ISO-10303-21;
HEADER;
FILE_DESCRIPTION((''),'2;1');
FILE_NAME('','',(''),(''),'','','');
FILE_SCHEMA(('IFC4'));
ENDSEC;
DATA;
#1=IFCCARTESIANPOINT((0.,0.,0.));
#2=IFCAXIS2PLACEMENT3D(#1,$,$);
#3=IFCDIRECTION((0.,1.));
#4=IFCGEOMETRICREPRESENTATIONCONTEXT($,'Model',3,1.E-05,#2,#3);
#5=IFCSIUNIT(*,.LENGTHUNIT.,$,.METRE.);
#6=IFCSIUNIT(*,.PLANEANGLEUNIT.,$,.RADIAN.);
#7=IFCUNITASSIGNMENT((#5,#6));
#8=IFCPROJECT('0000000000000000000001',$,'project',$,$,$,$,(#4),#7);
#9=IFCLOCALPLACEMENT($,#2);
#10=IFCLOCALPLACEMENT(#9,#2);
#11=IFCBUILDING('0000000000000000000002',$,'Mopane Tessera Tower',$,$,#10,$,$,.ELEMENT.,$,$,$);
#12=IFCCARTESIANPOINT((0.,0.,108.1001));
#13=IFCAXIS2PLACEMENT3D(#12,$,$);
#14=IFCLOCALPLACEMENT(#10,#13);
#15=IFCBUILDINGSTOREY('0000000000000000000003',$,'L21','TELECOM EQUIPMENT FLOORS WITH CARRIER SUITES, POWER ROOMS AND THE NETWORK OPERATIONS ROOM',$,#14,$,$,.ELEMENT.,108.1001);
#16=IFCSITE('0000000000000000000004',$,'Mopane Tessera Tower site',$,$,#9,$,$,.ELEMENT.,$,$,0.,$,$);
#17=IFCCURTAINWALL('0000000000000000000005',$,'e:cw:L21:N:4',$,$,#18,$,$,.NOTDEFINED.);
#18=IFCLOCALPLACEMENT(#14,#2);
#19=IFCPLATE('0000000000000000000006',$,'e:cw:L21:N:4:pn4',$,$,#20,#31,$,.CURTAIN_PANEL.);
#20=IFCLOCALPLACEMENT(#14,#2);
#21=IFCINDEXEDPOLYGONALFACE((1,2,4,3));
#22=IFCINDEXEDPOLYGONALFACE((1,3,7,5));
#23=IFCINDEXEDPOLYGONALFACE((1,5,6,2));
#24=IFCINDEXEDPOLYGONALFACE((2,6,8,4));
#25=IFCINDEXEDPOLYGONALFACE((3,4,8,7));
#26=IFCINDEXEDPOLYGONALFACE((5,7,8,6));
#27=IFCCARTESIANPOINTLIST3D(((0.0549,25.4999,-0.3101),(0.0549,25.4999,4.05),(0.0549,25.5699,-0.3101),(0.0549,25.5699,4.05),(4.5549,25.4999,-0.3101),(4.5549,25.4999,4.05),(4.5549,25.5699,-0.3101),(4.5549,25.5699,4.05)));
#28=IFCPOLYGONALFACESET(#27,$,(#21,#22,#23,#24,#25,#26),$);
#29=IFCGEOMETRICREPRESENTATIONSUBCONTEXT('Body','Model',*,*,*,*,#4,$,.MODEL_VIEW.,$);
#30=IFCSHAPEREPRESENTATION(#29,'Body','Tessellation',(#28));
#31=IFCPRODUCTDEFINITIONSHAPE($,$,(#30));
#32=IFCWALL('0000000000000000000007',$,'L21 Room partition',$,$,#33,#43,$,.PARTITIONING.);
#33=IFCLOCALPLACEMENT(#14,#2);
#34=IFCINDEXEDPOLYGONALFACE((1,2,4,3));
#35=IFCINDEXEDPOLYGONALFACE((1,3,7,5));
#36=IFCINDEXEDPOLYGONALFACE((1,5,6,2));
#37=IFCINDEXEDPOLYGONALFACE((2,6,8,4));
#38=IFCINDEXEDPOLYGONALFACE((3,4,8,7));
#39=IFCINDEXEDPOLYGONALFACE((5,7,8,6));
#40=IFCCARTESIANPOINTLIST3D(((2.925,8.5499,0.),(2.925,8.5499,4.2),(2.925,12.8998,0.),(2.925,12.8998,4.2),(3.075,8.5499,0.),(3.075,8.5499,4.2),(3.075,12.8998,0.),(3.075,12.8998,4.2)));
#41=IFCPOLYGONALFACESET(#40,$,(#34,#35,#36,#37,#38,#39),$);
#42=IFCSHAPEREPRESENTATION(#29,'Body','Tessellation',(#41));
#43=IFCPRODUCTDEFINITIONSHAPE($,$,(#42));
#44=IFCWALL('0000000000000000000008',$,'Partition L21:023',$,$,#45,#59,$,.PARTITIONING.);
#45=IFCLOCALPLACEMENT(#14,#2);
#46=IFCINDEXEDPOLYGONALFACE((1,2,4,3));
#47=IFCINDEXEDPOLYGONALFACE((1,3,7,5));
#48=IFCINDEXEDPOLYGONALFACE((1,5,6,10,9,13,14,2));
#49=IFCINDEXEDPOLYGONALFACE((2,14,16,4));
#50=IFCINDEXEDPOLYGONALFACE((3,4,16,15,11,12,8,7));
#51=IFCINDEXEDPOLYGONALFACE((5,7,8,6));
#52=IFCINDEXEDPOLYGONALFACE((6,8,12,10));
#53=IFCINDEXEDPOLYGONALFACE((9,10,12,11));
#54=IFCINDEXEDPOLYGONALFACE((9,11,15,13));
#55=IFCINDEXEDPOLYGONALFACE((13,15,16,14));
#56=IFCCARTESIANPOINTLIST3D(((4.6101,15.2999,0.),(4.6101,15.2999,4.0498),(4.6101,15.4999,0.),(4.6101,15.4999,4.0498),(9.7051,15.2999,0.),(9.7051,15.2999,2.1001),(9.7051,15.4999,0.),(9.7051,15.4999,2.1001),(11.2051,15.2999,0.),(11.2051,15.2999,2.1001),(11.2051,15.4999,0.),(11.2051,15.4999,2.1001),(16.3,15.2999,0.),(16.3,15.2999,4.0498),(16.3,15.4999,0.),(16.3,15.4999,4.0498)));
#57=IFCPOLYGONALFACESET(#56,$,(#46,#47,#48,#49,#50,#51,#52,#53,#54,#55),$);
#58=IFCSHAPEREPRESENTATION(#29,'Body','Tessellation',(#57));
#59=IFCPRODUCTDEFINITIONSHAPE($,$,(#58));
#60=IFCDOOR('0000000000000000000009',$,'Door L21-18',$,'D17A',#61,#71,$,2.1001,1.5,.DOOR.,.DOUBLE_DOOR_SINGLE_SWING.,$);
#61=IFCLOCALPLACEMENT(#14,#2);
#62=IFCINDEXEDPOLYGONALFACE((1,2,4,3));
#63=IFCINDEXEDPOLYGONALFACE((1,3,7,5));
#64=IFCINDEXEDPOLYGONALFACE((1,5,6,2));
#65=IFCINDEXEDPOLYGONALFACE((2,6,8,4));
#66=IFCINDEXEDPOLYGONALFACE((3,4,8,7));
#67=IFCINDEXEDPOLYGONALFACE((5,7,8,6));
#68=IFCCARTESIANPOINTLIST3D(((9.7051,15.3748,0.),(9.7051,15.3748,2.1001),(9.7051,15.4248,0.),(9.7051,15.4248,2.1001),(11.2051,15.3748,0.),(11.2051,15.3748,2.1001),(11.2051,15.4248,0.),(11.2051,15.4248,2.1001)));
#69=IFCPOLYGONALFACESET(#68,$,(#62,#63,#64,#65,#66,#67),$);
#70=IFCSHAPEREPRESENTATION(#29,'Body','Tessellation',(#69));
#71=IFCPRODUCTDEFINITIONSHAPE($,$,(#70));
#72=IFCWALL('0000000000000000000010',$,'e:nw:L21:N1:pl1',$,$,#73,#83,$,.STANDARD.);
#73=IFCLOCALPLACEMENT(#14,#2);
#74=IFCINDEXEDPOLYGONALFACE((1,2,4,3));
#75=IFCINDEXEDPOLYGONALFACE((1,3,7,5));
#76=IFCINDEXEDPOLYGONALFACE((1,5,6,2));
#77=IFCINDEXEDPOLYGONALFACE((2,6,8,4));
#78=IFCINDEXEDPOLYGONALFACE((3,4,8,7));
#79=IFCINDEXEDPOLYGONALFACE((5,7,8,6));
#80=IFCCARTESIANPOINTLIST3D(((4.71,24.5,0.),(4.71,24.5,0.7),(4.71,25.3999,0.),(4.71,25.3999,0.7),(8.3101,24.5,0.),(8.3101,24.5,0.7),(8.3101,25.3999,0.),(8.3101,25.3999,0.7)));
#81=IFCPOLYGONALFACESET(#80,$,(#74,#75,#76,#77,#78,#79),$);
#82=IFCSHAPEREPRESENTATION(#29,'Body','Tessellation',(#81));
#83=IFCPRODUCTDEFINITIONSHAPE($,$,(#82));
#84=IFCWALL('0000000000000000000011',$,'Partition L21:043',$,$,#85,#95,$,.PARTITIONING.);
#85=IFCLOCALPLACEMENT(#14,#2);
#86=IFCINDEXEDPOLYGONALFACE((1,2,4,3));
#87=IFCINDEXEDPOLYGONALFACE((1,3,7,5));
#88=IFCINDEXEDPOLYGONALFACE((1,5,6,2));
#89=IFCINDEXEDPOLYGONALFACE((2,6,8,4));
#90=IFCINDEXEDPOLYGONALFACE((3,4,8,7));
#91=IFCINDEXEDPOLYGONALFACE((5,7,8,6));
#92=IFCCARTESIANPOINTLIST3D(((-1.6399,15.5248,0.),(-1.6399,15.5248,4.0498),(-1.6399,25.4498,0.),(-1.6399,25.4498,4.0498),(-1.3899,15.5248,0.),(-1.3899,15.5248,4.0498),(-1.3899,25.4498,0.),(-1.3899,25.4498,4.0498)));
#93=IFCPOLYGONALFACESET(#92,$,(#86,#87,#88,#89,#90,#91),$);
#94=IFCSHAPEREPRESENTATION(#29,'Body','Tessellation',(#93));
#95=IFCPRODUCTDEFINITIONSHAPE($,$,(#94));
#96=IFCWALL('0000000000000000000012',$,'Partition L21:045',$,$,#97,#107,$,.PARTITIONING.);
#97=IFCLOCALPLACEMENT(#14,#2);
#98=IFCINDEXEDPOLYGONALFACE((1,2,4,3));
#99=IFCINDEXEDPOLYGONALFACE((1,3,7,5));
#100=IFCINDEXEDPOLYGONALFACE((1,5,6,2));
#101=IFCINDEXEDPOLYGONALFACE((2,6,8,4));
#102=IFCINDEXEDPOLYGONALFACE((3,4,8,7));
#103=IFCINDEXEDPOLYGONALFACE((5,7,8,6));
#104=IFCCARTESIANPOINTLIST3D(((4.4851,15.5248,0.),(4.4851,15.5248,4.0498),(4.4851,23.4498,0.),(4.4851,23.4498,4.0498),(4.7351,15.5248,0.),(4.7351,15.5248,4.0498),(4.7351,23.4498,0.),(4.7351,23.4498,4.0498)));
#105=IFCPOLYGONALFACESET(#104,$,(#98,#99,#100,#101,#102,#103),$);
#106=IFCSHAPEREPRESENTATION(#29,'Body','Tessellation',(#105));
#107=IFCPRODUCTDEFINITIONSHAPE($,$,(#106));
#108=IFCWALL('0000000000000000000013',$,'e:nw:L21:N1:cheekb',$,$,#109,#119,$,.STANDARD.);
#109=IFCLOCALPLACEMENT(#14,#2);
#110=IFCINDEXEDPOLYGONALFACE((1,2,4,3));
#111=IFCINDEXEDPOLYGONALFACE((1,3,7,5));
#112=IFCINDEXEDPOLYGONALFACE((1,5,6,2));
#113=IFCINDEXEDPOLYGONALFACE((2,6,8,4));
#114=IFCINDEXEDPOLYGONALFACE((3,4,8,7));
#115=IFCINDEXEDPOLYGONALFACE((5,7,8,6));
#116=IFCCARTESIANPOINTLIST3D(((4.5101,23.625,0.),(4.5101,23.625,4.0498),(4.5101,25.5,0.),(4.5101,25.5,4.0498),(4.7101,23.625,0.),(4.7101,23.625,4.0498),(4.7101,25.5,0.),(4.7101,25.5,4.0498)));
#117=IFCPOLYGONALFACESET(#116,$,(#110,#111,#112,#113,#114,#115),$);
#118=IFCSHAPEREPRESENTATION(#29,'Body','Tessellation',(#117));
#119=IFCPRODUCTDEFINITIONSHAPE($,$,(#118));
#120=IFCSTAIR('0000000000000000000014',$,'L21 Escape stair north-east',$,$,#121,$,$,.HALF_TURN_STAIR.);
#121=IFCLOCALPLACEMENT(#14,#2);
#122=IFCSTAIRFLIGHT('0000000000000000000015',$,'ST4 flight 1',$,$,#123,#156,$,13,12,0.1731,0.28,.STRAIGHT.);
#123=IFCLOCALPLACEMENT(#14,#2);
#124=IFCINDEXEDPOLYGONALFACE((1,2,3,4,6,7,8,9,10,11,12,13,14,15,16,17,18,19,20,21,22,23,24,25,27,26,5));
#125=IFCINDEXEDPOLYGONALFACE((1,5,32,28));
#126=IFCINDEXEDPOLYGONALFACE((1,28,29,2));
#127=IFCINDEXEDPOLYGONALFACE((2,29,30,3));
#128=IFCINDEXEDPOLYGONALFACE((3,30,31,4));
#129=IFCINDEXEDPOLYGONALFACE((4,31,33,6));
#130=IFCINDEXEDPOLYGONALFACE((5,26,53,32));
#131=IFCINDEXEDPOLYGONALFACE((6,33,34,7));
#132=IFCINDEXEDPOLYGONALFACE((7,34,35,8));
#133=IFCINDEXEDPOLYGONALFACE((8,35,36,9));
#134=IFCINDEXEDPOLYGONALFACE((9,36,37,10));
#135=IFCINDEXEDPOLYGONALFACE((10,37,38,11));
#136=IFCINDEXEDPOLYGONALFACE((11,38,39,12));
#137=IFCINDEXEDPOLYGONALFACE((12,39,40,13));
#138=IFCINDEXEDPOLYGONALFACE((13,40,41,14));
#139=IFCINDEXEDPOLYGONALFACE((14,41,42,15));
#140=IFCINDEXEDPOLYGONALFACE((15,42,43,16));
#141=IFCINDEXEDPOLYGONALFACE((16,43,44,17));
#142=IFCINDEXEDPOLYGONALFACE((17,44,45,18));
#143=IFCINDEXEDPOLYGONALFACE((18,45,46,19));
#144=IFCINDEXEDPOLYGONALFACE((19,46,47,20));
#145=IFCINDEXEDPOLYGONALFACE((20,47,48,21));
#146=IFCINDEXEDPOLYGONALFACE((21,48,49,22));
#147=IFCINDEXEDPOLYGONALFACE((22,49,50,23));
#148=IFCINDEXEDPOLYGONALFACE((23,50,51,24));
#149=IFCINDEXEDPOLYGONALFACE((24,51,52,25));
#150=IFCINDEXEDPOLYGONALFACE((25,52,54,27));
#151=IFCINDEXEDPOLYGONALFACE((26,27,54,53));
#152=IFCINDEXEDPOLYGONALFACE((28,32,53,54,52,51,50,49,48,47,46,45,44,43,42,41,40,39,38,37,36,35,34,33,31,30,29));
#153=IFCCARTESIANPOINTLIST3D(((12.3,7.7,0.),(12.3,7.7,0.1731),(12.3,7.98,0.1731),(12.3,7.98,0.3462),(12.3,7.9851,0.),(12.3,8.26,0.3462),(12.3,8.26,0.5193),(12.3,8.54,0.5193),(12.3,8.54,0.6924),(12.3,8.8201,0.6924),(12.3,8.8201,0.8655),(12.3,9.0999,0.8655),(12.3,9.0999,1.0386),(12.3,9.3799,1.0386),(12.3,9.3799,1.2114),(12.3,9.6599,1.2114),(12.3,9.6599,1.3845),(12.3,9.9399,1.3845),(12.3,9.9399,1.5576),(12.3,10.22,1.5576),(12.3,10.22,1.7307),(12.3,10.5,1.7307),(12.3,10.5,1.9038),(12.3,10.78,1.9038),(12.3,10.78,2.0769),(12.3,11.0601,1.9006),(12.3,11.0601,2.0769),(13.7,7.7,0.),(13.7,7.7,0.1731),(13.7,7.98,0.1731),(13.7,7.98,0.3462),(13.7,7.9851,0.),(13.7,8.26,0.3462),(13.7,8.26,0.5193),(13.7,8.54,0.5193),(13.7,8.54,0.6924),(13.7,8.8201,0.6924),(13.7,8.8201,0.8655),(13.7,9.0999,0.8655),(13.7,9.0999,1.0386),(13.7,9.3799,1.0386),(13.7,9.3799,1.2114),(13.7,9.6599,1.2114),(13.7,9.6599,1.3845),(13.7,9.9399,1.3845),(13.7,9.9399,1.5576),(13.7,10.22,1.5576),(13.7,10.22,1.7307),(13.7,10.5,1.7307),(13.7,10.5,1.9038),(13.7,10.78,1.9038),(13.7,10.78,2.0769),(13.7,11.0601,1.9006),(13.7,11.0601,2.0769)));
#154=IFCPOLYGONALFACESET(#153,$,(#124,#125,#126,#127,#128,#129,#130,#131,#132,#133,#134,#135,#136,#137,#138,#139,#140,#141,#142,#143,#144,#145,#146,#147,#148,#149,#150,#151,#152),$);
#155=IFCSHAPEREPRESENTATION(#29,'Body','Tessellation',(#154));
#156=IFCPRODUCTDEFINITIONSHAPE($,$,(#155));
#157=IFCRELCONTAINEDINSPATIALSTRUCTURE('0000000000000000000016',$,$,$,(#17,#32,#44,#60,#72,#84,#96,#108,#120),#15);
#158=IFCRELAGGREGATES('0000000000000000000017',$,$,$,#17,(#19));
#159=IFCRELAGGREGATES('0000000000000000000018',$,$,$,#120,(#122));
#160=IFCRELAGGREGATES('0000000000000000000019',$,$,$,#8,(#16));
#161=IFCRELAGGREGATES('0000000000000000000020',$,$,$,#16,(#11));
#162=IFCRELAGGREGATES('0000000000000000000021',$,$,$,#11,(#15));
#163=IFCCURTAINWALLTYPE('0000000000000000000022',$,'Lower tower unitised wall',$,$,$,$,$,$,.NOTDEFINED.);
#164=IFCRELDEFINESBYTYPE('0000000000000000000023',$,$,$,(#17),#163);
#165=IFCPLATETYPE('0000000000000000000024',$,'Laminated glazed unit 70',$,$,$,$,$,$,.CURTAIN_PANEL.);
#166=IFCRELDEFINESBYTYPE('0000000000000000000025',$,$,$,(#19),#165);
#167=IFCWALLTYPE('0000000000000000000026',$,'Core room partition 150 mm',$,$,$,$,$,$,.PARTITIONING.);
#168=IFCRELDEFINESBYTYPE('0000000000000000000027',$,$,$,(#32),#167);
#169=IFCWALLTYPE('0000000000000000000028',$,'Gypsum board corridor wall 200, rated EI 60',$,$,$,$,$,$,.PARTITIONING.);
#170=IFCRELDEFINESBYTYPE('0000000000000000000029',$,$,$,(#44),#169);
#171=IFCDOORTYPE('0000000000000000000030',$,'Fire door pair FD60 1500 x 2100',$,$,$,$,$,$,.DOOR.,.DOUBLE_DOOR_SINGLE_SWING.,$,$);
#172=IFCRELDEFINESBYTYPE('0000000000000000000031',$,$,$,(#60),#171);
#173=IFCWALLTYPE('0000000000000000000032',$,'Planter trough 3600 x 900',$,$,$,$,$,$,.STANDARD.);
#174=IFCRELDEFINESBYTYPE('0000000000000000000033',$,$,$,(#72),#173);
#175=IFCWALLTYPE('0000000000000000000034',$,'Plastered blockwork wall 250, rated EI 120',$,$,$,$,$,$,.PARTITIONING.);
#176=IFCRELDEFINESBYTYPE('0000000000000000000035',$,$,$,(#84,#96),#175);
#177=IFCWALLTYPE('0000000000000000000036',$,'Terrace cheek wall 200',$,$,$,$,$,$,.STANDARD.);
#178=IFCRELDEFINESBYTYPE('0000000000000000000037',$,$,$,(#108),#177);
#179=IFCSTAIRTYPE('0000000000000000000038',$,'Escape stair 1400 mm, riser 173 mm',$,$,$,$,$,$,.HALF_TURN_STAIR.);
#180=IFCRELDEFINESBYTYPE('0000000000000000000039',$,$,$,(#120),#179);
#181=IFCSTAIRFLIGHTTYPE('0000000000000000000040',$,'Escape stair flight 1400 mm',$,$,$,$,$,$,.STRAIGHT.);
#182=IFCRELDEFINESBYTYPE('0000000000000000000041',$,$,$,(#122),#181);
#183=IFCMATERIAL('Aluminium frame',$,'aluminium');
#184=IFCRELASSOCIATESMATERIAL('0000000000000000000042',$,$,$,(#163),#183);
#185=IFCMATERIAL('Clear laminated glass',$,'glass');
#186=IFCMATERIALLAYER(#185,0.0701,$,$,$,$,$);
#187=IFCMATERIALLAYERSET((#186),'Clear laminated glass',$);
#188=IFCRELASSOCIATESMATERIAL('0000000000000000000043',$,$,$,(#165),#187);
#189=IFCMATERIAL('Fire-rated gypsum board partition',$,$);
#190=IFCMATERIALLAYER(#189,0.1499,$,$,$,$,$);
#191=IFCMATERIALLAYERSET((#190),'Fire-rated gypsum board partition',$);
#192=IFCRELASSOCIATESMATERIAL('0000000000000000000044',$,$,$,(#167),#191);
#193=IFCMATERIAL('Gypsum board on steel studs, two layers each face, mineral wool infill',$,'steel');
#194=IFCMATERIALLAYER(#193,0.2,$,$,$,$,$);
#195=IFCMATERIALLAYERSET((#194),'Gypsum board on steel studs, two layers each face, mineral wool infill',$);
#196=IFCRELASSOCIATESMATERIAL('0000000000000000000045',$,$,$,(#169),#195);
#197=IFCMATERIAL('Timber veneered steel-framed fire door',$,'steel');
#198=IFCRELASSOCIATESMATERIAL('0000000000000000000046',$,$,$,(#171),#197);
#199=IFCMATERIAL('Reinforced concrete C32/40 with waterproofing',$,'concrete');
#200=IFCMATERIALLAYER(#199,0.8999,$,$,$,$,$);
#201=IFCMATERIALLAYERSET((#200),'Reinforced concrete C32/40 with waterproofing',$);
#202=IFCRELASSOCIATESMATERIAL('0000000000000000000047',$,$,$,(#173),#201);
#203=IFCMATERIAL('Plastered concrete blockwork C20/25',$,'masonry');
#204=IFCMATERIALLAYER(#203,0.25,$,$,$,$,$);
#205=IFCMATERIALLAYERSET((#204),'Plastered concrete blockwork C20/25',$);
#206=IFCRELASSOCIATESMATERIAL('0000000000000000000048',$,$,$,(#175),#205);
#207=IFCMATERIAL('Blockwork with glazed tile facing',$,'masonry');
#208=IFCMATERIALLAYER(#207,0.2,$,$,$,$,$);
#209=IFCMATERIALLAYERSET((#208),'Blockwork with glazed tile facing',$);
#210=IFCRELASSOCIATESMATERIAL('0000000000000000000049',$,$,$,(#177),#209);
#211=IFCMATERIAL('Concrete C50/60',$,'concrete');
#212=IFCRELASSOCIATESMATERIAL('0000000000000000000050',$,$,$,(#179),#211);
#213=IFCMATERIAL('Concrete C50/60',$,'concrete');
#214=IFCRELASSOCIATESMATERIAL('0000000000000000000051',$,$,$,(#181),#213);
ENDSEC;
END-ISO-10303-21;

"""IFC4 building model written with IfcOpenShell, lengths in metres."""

from ifc_helpers import new_model, si_unit, direction, frame, frame_2d, origin, origin_2d, place, context, subcontext, project, spatial, polyline, rectangle, outline, extrude, material, layer, layer_set, type_object, element, fill, aggregate, save


model = new_model("IFC4")

# Units and contexts
model_context = context("Model", 3, precision=1e-05, world=origin(), true_north=direction((0.0, 1.0)))
body_context = subcontext(model_context, "Body", "Model", "MODEL_VIEW")
ifc_project = project(units=[si_unit("LENGTHUNIT", "METRE"), si_unit("PLANEANGLEUNIT", "RADIAN")], contexts=[model_context])

# Site, building, storey
site_placement = place(None, origin())
site = spatial("IfcSite", under=ifc_project, at=site_placement, Name="Mopane Tessera Tower site", CompositionType="ELEMENT", RefElevation=0.0)
building_placement = place(site_placement, origin())
building = spatial("IfcBuilding", under=site, at=building_placement, Name="Mopane Tessera Tower", CompositionType="ELEMENT")
storey_placement = place(building_placement, frame((0.0, 0.0, 108.1001)))
storey = spatial("IfcBuildingStorey", under=building, at=storey_placement, Name="L21", Description="TELECOM EQUIPMENT FLOORS WITH CARRIER SUITES, POWER ROOMS AND THE NETWORK OPERATIONS ROOM", CompositionType="ELEMENT", Elevation=108.1001)

# Curtain wall
ifc_material_1 = material(Name="Aluminium frame", Category="aluminium")
curtain_wall_type = type_object("IfcCurtainWallType", Name="Lower tower unitised wall", PredefinedType="NOTDEFINED", material=ifc_material_1)
curtain_wall_placement = place(storey_placement, origin())
curtain_wall = element("IfcCurtainWall", 1, at=curtain_wall_placement, inside=storey, type_object=curtain_wall_type, Name="e:cw:L21:N:4", PredefinedType="NOTDEFINED")

# Plate
ifc_material_2 = material(Name="Clear laminated glass", Category="glass")
ifc_layer_1 = layer(ifc_material_2, 0.0701)
ifc_layer_set_1 = layer_set([ifc_layer_1], Name="Clear laminated glass")
plate_type = type_object("IfcPlateType", Name="Laminated glazed unit 70", PredefinedType="CURTAIN_PANEL", material=ifc_layer_set_1)
plate_placement = place(storey_placement, frame((2.3049, 25.5349, -0.3101), z_axis=(0.0, 0.0, 1.0), x_axis=(-1.0, 0.0, 0.0)))
plate = element("IfcPlate", 2, at=plate_placement, type_object=plate_type, Name="e:cw:L21:N:4:pn4", PredefinedType="CURTAIN_PANEL", context=body_context, shape_type="SweptSolid", body=[
    extrude(rectangle(XDim=4.5, YDim=0.0701, at=origin_2d()), origin(), (0.0, 0.0, 1.0), 4.3601),
])
aggregate(curtain_wall, [plate])

# Wall
ifc_material_3 = material(Name="Fire-rated gypsum board partition")
ifc_layer_2 = layer(ifc_material_3, 0.1499)
ifc_layer_set_2 = layer_set([ifc_layer_2], Name="Fire-rated gypsum board partition")
wall_type_1 = type_object("IfcWallType", Name="Core room partition 150 mm", PredefinedType="PARTITIONING", material=ifc_layer_set_2)
wall_1_placement = place(storey_placement, frame((3.0, 8.55, 0.0), z_axis=(0.0, 0.0, 1.0), x_axis=(0.0, 1.0, 0.0)))
element("IfcWall", 3, at=wall_1_placement, inside=storey, type_object=wall_type_1, Name="L21 Room partition", PredefinedType="PARTITIONING", context=body_context, shape_type="SweptSolid", body=[
    extrude(rectangle(XDim=4.3499, YDim=0.1499, at=frame_2d((2.1748, 0.0))), origin(), (0.0, 0.0, 1.0), 4.2),
])

# Wall, opening, door
ifc_material_4 = material(Name="Gypsum board on steel studs, two layers each face, mineral wool infill", Category="steel")
ifc_layer_3 = layer(ifc_material_4, 0.2)
ifc_layer_set_3 = layer_set([ifc_layer_3], Name="Gypsum board on steel studs, two layers each face, mineral wool infill")
wall_type_2 = type_object("IfcWallType", Name="Gypsum board corridor wall 200, rated EI 60", PredefinedType="PARTITIONING", material=ifc_layer_set_3)
wall_2_placement = place(storey_placement, frame((4.6101, 15.3999, 0.0), z_axis=(0.0, 0.0, 1.0), x_axis=(1.0, 0.0, 0.0)))
wall_2 = element("IfcWall", 4, at=wall_2_placement, inside=storey, type_object=wall_type_2, Name="Partition L21:023", PredefinedType="PARTITIONING", context=body_context, shape_type="SweptSolid", body=[
    extrude(rectangle(XDim=11.6899, YDim=0.2, at=frame_2d((5.845, 0.0))), origin(), (0.0, 0.0, 1.0), 4.0498),
])
opening_placement = place(wall_2_placement, frame((5.095, 0.0, 0.0)))
opening = element("IfcOpeningElement", 5, at=opening_placement, cuts=wall_2, PredefinedType="OPENING", context=body_context, shape_type="SweptSolid", body=[
    extrude(rectangle(XDim=1.5, YDim=2.1001, at=frame_2d((0.75, 1.05))), frame((0.0, 0.1121, 0.0), z_axis=(0.0, -1.0, 0.0), x_axis=(1.0, 0.0, 0.0)), (0.0, 0.0, 1.0), 0.2239),
])
ifc_material_5 = material(Name="Timber veneered steel-framed fire door", Category="steel")
door_type = type_object("IfcDoorType", Name="Fire door pair FD60 1500 x 2100", OperationType="DOUBLE_DOOR_SINGLE_SWING", PredefinedType="DOOR", material=ifc_material_5)
door_placement = place(opening_placement, origin())
door = element("IfcDoor", 6, at=door_placement, inside=storey, type_object=door_type, Name="Door L21-18", ObjectType="D17A", OperationType="DOUBLE_DOOR_SINGLE_SWING", OverallHeight=2.1001, OverallWidth=1.5, PredefinedType="DOOR", context=body_context, shape_type="SweptSolid", body=[
    extrude(rectangle(XDim=1.5, YDim=2.1001, at=frame_2d((0.75, 1.05))), frame((0.0, 0.0249, 0.0), z_axis=(0.0, -1.0, 0.0), x_axis=(1.0, 0.0, 0.0)), (0.0, 0.0, 1.0), 0.05),
])
fill(opening, door)

# Walls
ifc_material_6 = material(Name="Reinforced concrete C32/40 with waterproofing", Category="concrete")
ifc_layer_4 = layer(ifc_material_6, 0.8999)
ifc_layer_set_4 = layer_set([ifc_layer_4], Name="Reinforced concrete C32/40 with waterproofing")
wall_type_3 = type_object("IfcWallType", Name="Planter trough 3600 x 900", PredefinedType="STANDARD", material=ifc_layer_set_4)
wall_3_placement = place(storey_placement, frame((8.3101, 24.95, 0.0), z_axis=(0.0, 0.0, 1.0), x_axis=(-1.0, 0.0, 0.0)))
element("IfcWall", 7, at=wall_3_placement, inside=storey, type_object=wall_type_3, Name="e:nw:L21:N1:pl1", PredefinedType="STANDARD", context=body_context, shape_type="SweptSolid", body=[
    extrude(rectangle(XDim=3.6001, YDim=0.8999, at=frame_2d((1.8, 0.0))), origin(), (0.0, 0.0, 1.0), 0.7),
])
ifc_material_7 = material(Name="Plastered concrete blockwork C20/25", Category="masonry")
ifc_layer_5 = layer(ifc_material_7, 0.25)
ifc_layer_set_5 = layer_set([ifc_layer_5], Name="Plastered concrete blockwork C20/25")
wall_type_4 = type_object("IfcWallType", Name="Plastered blockwork wall 250, rated EI 120", PredefinedType="PARTITIONING", material=ifc_layer_set_5)
wall_4_placement = place(storey_placement, frame((-1.5149, 15.5249, 0.0), z_axis=(0.0, 0.0, 1.0), x_axis=(0.0, 1.0, 0.0)))
element("IfcWall", 8, at=wall_4_placement, inside=storey, type_object=wall_type_4, Name="Partition L21:043", PredefinedType="PARTITIONING", context=body_context, shape_type="SweptSolid", body=[
    extrude(rectangle(XDim=9.925, YDim=0.25, at=frame_2d((4.9624, 0.0))), origin(), (0.0, 0.0, 1.0), 4.0498),
])
wall_5_placement = place(storey_placement, frame((4.6101, 15.5249, 0.0), z_axis=(0.0, 0.0, 1.0), x_axis=(0.0, 1.0, 0.0)))
element("IfcWall", 9, at=wall_5_placement, inside=storey, type_object=wall_type_4, Name="Partition L21:045", PredefinedType="PARTITIONING", context=body_context, shape_type="SweptSolid", body=[
    extrude(rectangle(XDim=7.925, YDim=0.25, at=frame_2d((3.9624, 0.0))), origin(), (0.0, 0.0, 1.0), 4.0498),
])
ifc_material_8 = material(Name="Blockwork with glazed tile facing", Category="masonry")
ifc_layer_6 = layer(ifc_material_8, 0.2)
ifc_layer_set_6 = layer_set([ifc_layer_6], Name="Blockwork with glazed tile facing")
wall_type_5 = type_object("IfcWallType", Name="Terrace cheek wall 200", PredefinedType="STANDARD", material=ifc_layer_set_6)
wall_6_placement = place(storey_placement, frame((4.6101, 25.5, 0.0), z_axis=(0.0, 0.0, 1.0), x_axis=(0.0, -1.0, 0.0)))
element("IfcWall", 10, at=wall_6_placement, inside=storey, type_object=wall_type_5, Name="e:nw:L21:N1:cheekb", PredefinedType="STANDARD", context=body_context, shape_type="SweptSolid", body=[
    extrude(rectangle(XDim=1.875, YDim=0.2, at=frame_2d((0.9375, 0.0))), origin(), (0.0, 0.0, 1.0), 4.0498),
])

# Stair, stair flight
ifc_material_9 = material(Name="Concrete C50/60", Category="concrete")
stair_type = type_object("IfcStairType", Name="Escape stair 1400 mm, riser 173 mm", PredefinedType="HALF_TURN_STAIR", material=ifc_material_9)
stair_placement = place(storey_placement, origin())
stair = element("IfcStair", 11, at=stair_placement, inside=storey, type_object=stair_type, Name="L21 Escape stair north-east", PredefinedType="HALF_TURN_STAIR")
ifc_material_10 = material(Name="Concrete C50/60", Category="concrete")
stair_flight_type = type_object("IfcStairFlightType", Name="Escape stair flight 1400 mm", PredefinedType="STRAIGHT", material=ifc_material_10)
stair_flight_1_placement = place(storey_placement, frame((13.0, 7.7, 0.0), z_axis=(0.0, 0.0, 1.0), x_axis=(0.0, 1.0, 0.0)))
stair_flight_1 = element("IfcStairFlight", 12, at=stair_flight_1_placement, type_object=stair_flight_type, Name="ST4 flight 1", NumberOfRisers=13, NumberOfTreads=12, PredefinedType="STRAIGHT", RiserHeight=0.1731, TreadLength=0.28, context=body_context, shape_type="SweptSolid", body=[
    extrude(outline(polyline([(0.0, 0.0), (0.0, 0.1731), (0.28, 0.1731), (0.28, 0.3462), (0.5601, 0.3462), (0.5601, 0.5193), (0.8401, 0.5193), (0.8401, 0.6924), (1.1201, 0.6924), (1.1201, 0.8655), (1.3999, 0.8655), (1.3999, 1.0386), (1.6799, 1.0386), (1.6799, 1.2114), (1.96, 1.2114), (1.96, 1.3845), (2.24, 1.3845), (2.24, 1.5576), (2.52, 1.5576), (2.52, 1.7307), (2.8, 1.7307), (2.8, 1.9038), (3.0801, 1.9038), (3.0801, 2.0769), (3.3601, 2.0769), (3.3601, 2.25), (3.3601, 1.9006), (0.2852, 0.0), (0.0, 0.0)])), frame((0.0, 0.7, 0.0), z_axis=(0.0, -1.0, 0.0), x_axis=(1.0, 0.0, 0.0)), (0.0, 0.0, 1.0), 1.3999),
])
aggregate(stair, [stair_flight_1])

save(model, "model.ifc")
